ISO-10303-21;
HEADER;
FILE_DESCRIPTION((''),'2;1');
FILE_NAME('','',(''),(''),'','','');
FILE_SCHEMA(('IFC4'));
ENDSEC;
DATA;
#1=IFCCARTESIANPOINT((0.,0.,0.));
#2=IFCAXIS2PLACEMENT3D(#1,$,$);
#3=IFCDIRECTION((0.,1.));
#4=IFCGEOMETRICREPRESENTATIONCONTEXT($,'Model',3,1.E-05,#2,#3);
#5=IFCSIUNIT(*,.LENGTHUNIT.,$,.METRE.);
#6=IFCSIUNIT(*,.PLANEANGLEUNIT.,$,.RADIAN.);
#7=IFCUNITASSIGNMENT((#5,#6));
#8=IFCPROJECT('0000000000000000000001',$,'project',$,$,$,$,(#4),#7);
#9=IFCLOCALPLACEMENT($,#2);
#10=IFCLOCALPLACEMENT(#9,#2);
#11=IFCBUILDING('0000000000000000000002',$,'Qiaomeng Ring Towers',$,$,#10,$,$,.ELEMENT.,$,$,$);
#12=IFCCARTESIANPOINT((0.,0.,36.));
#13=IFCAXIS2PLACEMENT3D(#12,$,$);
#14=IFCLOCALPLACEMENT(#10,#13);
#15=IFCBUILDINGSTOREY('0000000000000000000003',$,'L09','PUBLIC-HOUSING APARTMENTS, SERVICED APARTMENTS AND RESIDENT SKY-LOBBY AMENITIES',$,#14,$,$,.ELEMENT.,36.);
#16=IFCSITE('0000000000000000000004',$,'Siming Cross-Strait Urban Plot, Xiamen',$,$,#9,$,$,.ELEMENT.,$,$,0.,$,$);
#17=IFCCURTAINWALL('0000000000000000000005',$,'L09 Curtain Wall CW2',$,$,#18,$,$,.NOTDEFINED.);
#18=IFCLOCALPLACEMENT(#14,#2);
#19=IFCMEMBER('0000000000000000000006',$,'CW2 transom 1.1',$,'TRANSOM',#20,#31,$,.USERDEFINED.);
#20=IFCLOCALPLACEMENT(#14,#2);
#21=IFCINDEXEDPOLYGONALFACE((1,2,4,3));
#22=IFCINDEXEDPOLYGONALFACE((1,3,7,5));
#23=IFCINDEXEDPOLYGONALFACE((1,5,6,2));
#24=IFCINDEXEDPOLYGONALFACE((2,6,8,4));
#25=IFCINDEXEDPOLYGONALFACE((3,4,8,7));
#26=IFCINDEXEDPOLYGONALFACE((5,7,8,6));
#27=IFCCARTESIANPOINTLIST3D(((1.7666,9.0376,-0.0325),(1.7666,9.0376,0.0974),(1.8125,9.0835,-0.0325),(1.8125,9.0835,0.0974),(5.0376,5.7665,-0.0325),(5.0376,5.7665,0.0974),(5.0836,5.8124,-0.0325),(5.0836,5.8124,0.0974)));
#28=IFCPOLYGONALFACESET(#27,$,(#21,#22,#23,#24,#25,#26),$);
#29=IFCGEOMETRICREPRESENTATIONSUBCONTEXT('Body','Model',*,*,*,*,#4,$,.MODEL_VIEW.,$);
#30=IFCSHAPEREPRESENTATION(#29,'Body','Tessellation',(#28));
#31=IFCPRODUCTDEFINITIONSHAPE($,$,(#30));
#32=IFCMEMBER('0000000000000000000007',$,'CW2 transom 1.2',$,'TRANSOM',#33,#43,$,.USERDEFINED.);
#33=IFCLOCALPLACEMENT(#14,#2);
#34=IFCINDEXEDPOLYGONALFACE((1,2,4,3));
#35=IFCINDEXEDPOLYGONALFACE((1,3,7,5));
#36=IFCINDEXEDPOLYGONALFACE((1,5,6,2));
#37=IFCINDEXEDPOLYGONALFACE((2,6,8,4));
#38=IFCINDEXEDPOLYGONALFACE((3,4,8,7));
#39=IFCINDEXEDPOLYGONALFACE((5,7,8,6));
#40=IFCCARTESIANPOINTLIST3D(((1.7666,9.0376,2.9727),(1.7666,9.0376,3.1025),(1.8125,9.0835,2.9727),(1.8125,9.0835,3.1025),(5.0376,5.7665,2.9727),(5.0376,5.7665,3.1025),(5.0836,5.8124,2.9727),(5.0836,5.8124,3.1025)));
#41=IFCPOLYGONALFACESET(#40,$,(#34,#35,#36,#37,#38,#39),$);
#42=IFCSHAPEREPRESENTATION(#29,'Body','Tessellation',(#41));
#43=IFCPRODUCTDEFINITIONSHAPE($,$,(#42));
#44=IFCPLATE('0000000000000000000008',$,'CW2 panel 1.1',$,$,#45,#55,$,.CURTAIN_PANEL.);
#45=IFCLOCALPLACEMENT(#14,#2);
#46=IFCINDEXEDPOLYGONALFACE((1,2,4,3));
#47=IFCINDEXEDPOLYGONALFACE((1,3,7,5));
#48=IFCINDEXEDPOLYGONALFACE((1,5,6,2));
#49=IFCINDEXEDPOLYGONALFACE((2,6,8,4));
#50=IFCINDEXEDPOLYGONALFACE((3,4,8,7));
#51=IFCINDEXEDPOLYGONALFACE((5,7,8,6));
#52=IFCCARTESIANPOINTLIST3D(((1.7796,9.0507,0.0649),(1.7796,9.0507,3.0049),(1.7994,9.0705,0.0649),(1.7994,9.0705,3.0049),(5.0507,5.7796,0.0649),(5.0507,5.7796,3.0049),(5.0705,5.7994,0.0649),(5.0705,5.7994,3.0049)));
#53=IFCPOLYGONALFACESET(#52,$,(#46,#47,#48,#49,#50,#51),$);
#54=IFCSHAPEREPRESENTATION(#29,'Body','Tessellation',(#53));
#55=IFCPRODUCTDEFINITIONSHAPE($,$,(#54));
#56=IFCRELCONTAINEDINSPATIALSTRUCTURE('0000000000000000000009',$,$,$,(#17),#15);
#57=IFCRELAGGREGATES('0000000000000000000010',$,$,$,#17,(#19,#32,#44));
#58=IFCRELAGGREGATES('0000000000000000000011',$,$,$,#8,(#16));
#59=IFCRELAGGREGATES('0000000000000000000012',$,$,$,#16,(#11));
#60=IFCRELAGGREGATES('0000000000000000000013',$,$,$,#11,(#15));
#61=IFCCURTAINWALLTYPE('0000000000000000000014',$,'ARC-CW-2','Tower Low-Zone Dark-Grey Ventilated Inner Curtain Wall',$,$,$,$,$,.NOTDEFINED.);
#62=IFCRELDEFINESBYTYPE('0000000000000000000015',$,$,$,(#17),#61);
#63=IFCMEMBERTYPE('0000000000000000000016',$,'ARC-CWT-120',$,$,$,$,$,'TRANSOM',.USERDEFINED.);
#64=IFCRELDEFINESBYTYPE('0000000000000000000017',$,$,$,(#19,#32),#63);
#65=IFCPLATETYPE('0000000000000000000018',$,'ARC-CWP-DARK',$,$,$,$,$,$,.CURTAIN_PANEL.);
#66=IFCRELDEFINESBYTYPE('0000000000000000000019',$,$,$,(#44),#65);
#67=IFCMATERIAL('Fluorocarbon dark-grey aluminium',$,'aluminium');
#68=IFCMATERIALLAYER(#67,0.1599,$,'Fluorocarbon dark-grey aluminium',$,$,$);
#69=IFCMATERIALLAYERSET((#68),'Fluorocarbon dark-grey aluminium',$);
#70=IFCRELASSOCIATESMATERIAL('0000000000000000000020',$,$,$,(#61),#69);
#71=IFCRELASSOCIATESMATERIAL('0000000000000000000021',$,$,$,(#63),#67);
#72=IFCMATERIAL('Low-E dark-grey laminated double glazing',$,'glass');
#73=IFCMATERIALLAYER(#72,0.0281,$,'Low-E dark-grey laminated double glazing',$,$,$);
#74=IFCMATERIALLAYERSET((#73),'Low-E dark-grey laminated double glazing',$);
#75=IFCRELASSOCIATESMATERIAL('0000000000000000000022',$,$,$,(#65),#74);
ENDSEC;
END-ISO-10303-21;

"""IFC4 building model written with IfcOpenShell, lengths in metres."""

from ifc_helpers import new_model, si_unit, direction, frame, origin, origin_2d, place, context, subcontext, project, spatial, rectangle, extrude, source, transform, mapped, material, layer, layer_set, material_profile, profile_set, type_object, element, aggregate, save


model = new_model("IFC4")

# Units and contexts
model_context = context("Model", 3, precision=1e-05, world=origin(), true_north=direction((0.0, 1.0)))
body_context = subcontext(model_context, "Body", "Model", "MODEL_VIEW")
ifc_project = project(units=[si_unit("LENGTHUNIT", "METRE"), si_unit("PLANEANGLEUNIT", "RADIAN")], contexts=[model_context])

# Site, building, storey
site_placement = place(None, origin())
site = spatial("IfcSite", under=ifc_project, at=site_placement, Name="Siming Cross-Strait Urban Plot, Xiamen", CompositionType="ELEMENT", RefElevation=0.0)
building_placement = place(site_placement, origin())
building = spatial("IfcBuilding", under=site, at=building_placement, Name="Qiaomeng Ring Towers", CompositionType="ELEMENT")
storey_placement = place(building_placement, frame((0.0, 0.0, 36.0)))
storey = spatial("IfcBuildingStorey", under=building, at=storey_placement, Name="L09", Description="PUBLIC-HOUSING APARTMENTS, SERVICED APARTMENTS AND RESIDENT SKY-LOBBY AMENITIES", CompositionType="ELEMENT", Elevation=36.0)

# Curtain wall, members, plate
ifc_material_1 = material(Name="Fluorocarbon dark-grey aluminium", Category="aluminium")
ifc_layer_1 = layer(ifc_material_1, 0.1599, Name="Fluorocarbon dark-grey aluminium")
ifc_layer_set_1 = layer_set([ifc_layer_1], Name="Fluorocarbon dark-grey aluminium")
curtain_wall_type = type_object("IfcCurtainWallType", Name="ARC-CW-2", Description="Tower Low-Zone Dark-Grey Ventilated Inner Curtain Wall", PredefinedType="NOTDEFINED", material=ifc_layer_set_1)
curtain_wall_placement = place(storey_placement, origin())
curtain_wall = element("IfcCurtainWall", 1, at=curtain_wall_placement, inside=storey, type_object=curtain_wall_type, Name="L09 Curtain Wall CW2", PredefinedType="NOTDEFINED")
ifc_material_profile_1 = material_profile(ifc_material_1, rectangle(XDim=0.0649, YDim=0.1299, at=origin_2d()), Name="ALU TRAN 65x130")
ifc_profile_set_1 = profile_set([ifc_material_profile_1], Name="Fluorocarbon dark-grey aluminium")
member_type_1 = type_object("IfcMemberType", Name="ARC-CWT-120", ElementType="TRANSOM", PredefinedType="USERDEFINED", material=ifc_profile_set_1)
shared_shape_1 = source(origin(), body_context, "Body", "SweptSolid", [
    extrude(rectangle(XDim=0.0649, YDim=0.1299, at=origin_2d()), origin(), (0.0, 0.0, 1.0), 4.626),
])
member_1_placement = place(storey_placement, frame((1.7896, 9.0605, 0.0325), z_axis=(0.707107, -0.707107, 0.0), x_axis=(0.707107, 0.707107, 0.0)))
member_1 = element("IfcMember", 2, at=member_1_placement, type_object=member_type_1, Name="CW2 transom 1.1", ObjectType="TRANSOM", PredefinedType="USERDEFINED", context=body_context, shape_type="MappedRepresentation", body=[
    mapped(shared_shape_1, transform((0.0, 0.0, 0.0), x_axis=(1.0, 0.0, 0.0), y_axis=(0.0, 1.0, 0.0), z_axis=(0.0, 0.0, 1.0), scale=1.0)),
])
member_2_placement = place(storey_placement, frame((1.7896, 9.0605, 3.0376), z_axis=(0.707107, -0.707107, 0.0), x_axis=(0.707107, 0.707107, 0.0)))
member_2 = element("IfcMember", 3, at=member_2_placement, type_object=member_type_1, Name="CW2 transom 1.2", ObjectType="TRANSOM", PredefinedType="USERDEFINED", context=body_context, shape_type="MappedRepresentation", body=[
    mapped(shared_shape_1, transform((0.0, 0.0, 0.0), x_axis=(1.0, 0.0, 0.0), y_axis=(0.0, 1.0, 0.0), z_axis=(0.0, 0.0, 1.0), scale=1.0)),
])
ifc_material_2 = material(Name="Low-E dark-grey laminated double glazing", Category="glass")
ifc_layer_2 = layer(ifc_material_2, 0.0281, Name="Low-E dark-grey laminated double glazing")
ifc_layer_set_2 = layer_set([ifc_layer_2], Name="Low-E dark-grey laminated double glazing")
plate_type = type_object("IfcPlateType", Name="ARC-CWP-DARK", PredefinedType="CURTAIN_PANEL", material=ifc_layer_set_2)
shared_shape_2 = source(origin(), body_context, "Body", "SweptSolid", [
    extrude(rectangle(XDim=4.626, YDim=0.0281, at=origin_2d()), origin(), (0.0, 0.0, 1.0), 2.9399),
])
plate_placement = place(storey_placement, frame((3.425, 7.425, 0.0649), z_axis=(0.0, 0.0, 1.0), x_axis=(0.707107, -0.707107, 0.0)))
plate = element("IfcPlate", 4, at=plate_placement, type_object=plate_type, Name="CW2 panel 1.1", PredefinedType="CURTAIN_PANEL", context=body_context, shape_type="MappedRepresentation", body=[
    mapped(shared_shape_2, transform((0.0, 0.0, 0.0), x_axis=(1.0, 0.0, 0.0), y_axis=(0.0, 1.0, 0.0), z_axis=(0.0, 0.0, 1.0), scale=1.0)),
])
aggregate(curtain_wall, [member_1, member_2, plate])

save(model, "model.ifc")
